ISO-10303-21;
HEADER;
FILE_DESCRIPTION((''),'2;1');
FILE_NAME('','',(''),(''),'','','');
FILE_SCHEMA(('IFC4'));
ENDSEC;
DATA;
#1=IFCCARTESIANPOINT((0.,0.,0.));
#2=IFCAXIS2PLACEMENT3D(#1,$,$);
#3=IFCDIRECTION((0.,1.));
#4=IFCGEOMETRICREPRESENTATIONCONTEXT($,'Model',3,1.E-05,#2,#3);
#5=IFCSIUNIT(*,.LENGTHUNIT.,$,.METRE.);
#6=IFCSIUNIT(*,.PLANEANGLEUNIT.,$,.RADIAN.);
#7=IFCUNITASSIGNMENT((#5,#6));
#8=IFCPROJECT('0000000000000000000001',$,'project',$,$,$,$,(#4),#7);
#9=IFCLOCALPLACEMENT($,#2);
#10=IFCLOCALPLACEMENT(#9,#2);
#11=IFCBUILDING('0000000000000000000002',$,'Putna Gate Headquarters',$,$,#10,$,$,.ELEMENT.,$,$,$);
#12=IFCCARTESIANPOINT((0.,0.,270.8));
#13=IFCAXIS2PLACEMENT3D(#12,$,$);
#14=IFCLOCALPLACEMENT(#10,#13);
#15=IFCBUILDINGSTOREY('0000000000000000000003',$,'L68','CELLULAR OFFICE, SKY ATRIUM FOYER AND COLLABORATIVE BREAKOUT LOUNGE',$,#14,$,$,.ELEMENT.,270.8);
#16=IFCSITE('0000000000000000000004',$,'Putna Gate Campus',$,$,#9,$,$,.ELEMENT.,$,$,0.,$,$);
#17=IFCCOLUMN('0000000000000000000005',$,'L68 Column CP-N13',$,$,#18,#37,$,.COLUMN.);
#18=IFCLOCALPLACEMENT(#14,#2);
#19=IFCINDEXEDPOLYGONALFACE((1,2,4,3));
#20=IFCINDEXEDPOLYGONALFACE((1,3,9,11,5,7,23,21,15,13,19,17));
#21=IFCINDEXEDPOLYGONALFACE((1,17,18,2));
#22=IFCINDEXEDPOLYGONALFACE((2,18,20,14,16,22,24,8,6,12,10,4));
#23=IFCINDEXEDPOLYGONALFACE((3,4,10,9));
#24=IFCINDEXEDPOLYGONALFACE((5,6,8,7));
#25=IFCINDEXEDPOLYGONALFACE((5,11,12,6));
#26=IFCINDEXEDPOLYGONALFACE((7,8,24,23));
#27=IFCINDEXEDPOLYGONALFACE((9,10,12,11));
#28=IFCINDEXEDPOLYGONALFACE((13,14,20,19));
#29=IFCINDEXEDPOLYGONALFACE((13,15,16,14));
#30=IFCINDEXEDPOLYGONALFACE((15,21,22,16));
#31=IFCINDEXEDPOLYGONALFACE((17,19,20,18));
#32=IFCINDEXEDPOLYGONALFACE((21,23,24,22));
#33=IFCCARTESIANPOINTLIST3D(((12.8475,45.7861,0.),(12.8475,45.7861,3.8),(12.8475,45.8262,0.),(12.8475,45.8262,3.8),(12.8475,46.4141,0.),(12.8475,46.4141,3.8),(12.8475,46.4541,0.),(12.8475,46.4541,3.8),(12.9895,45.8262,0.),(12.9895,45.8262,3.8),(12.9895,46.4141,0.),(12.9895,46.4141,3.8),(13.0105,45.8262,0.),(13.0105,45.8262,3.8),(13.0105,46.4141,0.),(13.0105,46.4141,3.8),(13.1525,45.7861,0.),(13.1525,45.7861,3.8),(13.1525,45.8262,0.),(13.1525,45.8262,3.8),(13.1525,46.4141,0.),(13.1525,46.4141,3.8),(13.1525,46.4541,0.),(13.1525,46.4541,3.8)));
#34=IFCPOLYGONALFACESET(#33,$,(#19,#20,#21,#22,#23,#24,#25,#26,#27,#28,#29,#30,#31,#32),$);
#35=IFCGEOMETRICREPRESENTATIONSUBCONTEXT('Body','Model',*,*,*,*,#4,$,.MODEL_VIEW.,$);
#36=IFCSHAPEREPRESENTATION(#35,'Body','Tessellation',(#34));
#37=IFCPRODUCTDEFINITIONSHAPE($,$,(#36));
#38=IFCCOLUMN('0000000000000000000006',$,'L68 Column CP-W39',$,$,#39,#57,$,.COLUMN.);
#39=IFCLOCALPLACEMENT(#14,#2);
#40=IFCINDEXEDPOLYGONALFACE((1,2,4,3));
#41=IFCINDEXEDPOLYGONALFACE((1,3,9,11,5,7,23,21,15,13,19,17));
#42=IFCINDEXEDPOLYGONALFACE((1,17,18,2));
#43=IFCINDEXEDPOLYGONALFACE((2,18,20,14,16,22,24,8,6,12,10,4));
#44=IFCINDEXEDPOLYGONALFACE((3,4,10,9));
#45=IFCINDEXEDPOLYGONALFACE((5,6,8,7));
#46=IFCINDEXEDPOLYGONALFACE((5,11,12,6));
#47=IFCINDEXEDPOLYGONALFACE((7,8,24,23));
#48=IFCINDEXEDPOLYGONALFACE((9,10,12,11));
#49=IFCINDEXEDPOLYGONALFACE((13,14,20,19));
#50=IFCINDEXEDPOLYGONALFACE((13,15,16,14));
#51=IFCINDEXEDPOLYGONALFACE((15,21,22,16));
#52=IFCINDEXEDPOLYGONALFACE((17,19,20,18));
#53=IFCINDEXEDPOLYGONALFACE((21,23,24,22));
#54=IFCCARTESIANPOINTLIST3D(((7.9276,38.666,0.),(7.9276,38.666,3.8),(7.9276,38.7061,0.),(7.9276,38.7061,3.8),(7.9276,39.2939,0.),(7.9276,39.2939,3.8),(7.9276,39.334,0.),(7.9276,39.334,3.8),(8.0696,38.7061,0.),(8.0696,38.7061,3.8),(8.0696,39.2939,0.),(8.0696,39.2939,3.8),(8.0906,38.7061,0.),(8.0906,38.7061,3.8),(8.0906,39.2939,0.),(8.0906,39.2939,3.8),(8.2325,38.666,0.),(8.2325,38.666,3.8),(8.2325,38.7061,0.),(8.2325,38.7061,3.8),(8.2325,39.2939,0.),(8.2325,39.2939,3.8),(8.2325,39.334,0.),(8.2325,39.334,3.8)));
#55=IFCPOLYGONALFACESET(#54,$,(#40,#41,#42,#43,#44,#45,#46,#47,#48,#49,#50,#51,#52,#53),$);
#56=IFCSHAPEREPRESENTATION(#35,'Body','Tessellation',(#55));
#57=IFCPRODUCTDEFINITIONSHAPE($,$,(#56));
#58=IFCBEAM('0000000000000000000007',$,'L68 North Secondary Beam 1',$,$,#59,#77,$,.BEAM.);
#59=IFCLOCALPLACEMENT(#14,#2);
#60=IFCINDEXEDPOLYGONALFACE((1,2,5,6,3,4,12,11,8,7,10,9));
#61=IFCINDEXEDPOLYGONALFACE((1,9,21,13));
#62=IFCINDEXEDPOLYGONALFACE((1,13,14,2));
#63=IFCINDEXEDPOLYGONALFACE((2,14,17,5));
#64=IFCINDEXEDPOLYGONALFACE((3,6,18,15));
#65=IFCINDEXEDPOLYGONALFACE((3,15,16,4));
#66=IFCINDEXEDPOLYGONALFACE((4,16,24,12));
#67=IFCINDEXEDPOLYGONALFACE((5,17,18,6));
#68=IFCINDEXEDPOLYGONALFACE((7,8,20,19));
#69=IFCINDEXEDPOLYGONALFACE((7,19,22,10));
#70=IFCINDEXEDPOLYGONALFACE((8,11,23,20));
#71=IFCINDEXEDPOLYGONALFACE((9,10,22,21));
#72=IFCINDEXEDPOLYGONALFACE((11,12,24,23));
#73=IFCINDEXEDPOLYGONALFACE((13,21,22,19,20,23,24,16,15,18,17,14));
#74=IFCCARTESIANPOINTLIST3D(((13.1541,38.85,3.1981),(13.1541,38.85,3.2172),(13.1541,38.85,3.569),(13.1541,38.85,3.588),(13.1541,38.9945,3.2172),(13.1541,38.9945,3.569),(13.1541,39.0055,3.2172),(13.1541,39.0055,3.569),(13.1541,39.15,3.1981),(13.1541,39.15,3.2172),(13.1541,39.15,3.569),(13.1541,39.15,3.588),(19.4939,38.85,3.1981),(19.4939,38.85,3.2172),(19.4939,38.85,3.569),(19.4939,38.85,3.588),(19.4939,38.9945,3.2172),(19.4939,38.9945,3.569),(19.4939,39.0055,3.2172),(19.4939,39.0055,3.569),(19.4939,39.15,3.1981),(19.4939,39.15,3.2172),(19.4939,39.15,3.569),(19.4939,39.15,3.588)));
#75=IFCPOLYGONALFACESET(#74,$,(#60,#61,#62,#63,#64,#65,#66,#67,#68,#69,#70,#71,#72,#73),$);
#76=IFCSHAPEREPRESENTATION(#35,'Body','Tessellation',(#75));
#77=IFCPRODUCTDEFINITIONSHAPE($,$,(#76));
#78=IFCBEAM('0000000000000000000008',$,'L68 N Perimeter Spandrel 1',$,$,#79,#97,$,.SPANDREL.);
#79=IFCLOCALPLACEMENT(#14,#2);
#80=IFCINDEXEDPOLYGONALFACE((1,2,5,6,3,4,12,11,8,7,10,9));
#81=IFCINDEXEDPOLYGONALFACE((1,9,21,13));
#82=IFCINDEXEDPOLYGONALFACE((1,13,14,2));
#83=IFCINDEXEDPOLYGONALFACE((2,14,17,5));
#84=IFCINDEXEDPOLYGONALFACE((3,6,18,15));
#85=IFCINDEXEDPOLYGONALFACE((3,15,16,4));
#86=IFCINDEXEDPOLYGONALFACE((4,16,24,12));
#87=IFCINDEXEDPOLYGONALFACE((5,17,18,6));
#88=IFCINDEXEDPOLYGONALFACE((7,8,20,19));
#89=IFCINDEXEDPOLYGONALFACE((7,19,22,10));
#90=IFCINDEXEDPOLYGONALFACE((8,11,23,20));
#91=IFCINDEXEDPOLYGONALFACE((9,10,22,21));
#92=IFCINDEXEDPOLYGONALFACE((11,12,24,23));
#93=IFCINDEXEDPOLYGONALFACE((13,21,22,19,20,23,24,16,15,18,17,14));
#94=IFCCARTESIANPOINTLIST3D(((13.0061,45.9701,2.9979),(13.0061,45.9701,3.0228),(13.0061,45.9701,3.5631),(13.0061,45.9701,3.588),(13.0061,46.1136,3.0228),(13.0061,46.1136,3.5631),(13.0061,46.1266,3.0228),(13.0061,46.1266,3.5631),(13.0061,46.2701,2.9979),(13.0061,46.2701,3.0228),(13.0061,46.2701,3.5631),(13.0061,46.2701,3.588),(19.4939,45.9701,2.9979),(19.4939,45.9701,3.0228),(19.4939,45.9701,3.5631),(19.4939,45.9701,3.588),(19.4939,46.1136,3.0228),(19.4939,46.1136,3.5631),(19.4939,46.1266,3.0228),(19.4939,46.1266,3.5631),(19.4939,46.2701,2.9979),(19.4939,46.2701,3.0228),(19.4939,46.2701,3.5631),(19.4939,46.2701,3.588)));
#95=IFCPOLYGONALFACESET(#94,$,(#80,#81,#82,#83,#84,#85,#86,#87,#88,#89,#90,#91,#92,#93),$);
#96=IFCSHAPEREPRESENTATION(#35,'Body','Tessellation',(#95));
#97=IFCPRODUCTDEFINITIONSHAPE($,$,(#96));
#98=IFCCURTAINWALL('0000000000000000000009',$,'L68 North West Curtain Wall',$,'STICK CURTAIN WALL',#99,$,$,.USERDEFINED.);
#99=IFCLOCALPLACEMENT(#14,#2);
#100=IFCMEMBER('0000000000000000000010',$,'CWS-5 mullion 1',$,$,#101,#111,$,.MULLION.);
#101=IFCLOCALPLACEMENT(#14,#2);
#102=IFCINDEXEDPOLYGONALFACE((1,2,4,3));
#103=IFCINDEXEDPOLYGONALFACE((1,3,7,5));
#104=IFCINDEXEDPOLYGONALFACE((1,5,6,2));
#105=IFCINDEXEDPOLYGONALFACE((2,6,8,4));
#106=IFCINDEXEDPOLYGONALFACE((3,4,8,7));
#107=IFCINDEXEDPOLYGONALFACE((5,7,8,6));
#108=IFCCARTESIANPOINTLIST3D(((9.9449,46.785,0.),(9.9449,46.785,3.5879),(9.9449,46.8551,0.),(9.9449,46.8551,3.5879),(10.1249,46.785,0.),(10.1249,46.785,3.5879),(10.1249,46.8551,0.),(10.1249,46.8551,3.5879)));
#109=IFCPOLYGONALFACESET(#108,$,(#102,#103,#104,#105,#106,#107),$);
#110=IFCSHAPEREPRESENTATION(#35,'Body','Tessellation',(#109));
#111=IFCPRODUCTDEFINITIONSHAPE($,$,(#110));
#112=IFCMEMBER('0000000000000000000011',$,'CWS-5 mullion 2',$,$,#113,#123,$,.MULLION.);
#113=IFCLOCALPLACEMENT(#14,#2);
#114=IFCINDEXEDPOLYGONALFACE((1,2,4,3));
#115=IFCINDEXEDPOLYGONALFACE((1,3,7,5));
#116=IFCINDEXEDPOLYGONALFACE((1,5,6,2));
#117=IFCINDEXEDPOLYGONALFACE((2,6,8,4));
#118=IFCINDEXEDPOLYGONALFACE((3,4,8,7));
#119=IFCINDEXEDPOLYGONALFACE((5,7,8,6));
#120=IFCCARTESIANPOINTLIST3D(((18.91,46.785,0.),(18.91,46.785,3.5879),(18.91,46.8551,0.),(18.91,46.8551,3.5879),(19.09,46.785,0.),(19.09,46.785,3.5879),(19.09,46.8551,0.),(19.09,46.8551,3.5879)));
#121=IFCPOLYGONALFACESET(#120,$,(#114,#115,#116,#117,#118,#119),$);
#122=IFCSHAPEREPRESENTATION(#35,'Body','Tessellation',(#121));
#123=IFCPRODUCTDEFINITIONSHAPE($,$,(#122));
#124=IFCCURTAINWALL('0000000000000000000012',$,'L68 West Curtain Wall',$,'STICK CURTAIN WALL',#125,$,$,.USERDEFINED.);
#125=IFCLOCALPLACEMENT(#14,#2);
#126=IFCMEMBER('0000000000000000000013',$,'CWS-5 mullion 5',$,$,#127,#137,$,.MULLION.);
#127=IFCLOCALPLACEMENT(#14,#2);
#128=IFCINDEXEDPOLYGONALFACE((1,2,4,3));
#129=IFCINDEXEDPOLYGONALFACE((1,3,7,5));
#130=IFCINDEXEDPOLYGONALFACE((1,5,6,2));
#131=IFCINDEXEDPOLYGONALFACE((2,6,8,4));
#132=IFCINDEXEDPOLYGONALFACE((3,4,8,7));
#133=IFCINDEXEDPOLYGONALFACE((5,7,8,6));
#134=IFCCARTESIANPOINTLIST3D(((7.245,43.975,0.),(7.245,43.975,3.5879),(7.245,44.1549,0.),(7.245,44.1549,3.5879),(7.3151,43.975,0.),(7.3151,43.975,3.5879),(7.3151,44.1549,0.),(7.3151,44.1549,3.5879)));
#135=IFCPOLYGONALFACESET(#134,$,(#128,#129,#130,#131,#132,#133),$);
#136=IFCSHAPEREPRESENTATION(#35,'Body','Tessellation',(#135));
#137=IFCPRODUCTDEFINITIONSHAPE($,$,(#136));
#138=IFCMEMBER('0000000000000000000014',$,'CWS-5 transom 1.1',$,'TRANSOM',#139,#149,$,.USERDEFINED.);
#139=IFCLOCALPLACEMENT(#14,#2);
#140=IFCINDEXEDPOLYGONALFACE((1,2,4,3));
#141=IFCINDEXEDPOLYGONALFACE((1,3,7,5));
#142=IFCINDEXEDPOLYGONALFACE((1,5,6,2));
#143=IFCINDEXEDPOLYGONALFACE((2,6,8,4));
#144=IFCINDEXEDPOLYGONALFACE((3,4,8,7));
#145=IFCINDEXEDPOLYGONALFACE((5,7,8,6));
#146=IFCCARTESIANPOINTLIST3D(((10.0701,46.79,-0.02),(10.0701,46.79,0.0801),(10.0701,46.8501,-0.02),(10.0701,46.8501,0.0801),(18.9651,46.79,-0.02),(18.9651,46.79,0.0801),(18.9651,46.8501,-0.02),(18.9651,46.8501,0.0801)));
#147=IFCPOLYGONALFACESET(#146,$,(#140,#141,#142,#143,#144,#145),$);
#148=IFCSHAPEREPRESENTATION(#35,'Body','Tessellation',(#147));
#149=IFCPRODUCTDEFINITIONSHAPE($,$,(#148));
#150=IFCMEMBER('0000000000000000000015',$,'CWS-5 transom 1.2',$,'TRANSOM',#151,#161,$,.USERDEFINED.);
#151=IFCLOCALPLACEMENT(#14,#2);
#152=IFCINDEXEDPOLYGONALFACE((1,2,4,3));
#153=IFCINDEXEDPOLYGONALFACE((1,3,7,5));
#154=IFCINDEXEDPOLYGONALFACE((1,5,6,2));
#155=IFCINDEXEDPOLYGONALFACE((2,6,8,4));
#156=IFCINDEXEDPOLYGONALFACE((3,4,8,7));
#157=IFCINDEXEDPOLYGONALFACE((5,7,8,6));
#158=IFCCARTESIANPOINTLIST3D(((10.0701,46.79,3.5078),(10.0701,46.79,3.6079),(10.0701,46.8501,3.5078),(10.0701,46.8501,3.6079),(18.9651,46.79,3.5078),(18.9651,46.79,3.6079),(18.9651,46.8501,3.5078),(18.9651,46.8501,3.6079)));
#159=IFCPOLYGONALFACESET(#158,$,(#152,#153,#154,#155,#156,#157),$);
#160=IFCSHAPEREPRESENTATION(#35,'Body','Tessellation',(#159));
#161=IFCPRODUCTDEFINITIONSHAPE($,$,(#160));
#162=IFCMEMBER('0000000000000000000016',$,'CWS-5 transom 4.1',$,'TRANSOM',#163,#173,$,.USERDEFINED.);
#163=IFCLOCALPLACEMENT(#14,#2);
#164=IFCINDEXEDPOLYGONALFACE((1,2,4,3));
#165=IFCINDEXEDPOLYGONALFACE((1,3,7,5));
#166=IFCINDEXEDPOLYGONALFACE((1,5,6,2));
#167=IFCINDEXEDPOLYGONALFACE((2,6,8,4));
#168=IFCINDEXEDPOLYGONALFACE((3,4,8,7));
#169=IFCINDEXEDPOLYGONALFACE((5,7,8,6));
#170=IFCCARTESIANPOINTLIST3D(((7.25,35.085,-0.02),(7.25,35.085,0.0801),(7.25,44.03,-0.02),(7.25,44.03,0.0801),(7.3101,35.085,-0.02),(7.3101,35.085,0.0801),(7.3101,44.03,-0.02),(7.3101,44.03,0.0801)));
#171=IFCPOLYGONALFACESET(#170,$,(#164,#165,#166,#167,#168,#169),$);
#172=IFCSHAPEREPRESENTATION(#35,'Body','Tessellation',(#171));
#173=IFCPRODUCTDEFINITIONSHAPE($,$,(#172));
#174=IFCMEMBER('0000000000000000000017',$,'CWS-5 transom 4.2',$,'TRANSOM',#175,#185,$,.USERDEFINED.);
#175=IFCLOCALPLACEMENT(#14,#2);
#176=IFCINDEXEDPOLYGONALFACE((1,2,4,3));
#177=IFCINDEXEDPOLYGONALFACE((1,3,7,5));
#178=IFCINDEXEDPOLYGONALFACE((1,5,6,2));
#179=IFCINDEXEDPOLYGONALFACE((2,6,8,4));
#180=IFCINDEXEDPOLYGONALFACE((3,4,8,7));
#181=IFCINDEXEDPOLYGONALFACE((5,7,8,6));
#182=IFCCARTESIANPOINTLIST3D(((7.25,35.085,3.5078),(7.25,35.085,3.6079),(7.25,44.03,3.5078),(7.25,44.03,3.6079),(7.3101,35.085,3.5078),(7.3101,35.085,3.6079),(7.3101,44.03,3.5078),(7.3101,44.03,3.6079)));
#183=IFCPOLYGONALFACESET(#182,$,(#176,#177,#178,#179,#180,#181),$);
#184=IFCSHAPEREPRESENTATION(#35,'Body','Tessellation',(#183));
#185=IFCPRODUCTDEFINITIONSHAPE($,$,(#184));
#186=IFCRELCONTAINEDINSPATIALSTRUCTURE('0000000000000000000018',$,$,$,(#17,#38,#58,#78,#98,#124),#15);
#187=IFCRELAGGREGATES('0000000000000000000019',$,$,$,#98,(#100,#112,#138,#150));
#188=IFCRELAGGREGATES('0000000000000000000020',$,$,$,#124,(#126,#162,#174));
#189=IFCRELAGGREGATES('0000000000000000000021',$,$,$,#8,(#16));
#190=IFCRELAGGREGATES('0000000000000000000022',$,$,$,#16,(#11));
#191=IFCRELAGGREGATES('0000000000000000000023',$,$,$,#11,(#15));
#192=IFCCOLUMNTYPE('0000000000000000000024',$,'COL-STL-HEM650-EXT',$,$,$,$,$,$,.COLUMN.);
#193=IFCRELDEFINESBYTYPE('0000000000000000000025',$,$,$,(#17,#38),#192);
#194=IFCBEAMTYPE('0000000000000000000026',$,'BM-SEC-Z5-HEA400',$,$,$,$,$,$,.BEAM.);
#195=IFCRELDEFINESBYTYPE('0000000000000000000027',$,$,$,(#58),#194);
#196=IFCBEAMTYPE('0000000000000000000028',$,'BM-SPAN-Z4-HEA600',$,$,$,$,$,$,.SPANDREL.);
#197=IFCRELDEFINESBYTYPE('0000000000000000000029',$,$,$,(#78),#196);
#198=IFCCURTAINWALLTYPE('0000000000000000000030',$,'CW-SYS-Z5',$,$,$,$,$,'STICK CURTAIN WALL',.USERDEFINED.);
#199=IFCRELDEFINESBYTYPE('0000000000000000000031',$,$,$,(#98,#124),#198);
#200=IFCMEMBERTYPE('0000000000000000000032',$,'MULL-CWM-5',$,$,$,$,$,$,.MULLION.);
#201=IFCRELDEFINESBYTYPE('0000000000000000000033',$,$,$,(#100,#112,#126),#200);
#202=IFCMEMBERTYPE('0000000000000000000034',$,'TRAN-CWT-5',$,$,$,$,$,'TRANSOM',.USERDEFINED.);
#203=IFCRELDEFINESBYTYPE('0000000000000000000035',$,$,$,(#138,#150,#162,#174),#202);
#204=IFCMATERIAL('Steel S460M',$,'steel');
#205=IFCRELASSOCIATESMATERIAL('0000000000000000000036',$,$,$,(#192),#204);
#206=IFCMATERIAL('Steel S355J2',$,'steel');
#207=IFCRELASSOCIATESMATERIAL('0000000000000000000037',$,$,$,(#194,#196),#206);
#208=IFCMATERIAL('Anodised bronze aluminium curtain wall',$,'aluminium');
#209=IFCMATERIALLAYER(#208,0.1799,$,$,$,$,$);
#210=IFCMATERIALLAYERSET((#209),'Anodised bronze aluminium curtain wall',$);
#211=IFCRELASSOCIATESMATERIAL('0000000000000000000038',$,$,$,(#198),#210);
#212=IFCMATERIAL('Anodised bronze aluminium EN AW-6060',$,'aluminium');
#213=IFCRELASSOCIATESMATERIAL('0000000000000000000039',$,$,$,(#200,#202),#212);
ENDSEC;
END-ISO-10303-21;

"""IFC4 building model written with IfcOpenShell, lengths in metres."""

from ifc_helpers import new_model, si_unit, direction, frame, origin, origin_2d, place, context, subcontext, project, spatial, rectangle, i_section, extrude, material, layer, layer_set, material_profile, profile_set, type_object, element, aggregate, save


model = new_model("IFC4")

# Units and contexts
model_context = context("Model", 3, precision=1e-05, world=origin(), true_north=direction((0.0, 1.0)))
body_context = subcontext(model_context, "Body", "Model", "MODEL_VIEW")
ifc_project = project(units=[si_unit("LENGTHUNIT", "METRE"), si_unit("PLANEANGLEUNIT", "RADIAN")], contexts=[model_context])

# Site, building, storey
site_placement = place(None, origin())
site = spatial("IfcSite", under=ifc_project, at=site_placement, Name="Putna Gate Campus", CompositionType="ELEMENT", RefElevation=0.0)
building_placement = place(site_placement, origin())
building = spatial("IfcBuilding", under=site, at=building_placement, Name="Putna Gate Headquarters", CompositionType="ELEMENT")
storey_placement = place(building_placement, frame((0.0, 0.0, 270.8)))
storey = spatial("IfcBuildingStorey", under=building, at=storey_placement, Name="L68", Description="CELLULAR OFFICE, SKY ATRIUM FOYER AND COLLABORATIVE BREAKOUT LOUNGE", CompositionType="ELEMENT", Elevation=270.8)

# Columns
ifc_material_1 = material(Name="Steel S460M", Category="steel")
ifc_material_profile_1 = material_profile(ifc_material_1, i_section(OverallWidth=0.3049, OverallDepth=0.668, WebThickness=0.021, FlangeThickness=0.04, at=origin_2d()), Name="Steel S460M")
ifc_profile_set_1 = profile_set([ifc_material_profile_1], Name="Steel S460M")
column_type = type_object("IfcColumnType", Name="COL-STL-HEM650-EXT", PredefinedType="COLUMN", material=ifc_profile_set_1)
for number, where, z_axis, x_axis, name in (
    (1, (13.0, 46.1201, 0.0), (0.0, 0.0, 1.0), (1.0, 0.0, 0.0), "L68 Column CP-N13"),
    (2, (8.0801, 39.0, 0.0), (0.0, 0.0, 1.0), (1.0, 0.0, 0.0), "L68 Column CP-W39"),
):
    element("IfcColumn", number, at=place(storey_placement, frame(where, z_axis=z_axis, x_axis=x_axis)), inside=storey, type_object=column_type, Name=name, PredefinedType="COLUMN", context=body_context, shape_type="SweptSolid", body=[
        extrude(i_section(OverallWidth=0.3049, OverallDepth=0.668, WebThickness=0.021, FlangeThickness=0.04, at=origin_2d()), origin(), (0.0, 0.0, 1.0), 3.8),
    ])

# Beams
ifc_material_2 = material(Name="Steel S355J2", Category="steel")
ifc_material_profile_2 = material_profile(ifc_material_2, i_section(OverallWidth=0.3, OverallDepth=0.3899, WebThickness=0.011, FlangeThickness=0.019, at=origin_2d()), Name="Steel S355J2")
ifc_profile_set_2 = profile_set([ifc_material_profile_2], Name="Steel S355J2")
beam_type_1 = type_object("IfcBeamType", Name="BM-SEC-Z5-HEA400", PredefinedType="BEAM", material=ifc_profile_set_2)
beam_1_placement = place(storey_placement, frame((13.1541, 39.0, 3.3931), z_axis=(1.0, 0.0, 0.0), x_axis=(0.0, 1.0, 0.0)))
element("IfcBeam", 3, at=beam_1_placement, inside=storey, type_object=beam_type_1, Name="L68 North Secondary Beam 1", PredefinedType="BEAM", context=body_context, shape_type="SweptSolid", body=[
    extrude(i_section(OverallWidth=0.3, OverallDepth=0.3899, WebThickness=0.011, FlangeThickness=0.019, at=origin_2d()), origin(), (0.0, 0.0, 1.0), 6.3398),
])
ifc_material_profile_3 = material_profile(ifc_material_2, i_section(OverallWidth=0.3, OverallDepth=0.5901, WebThickness=0.0129, FlangeThickness=0.0249, at=origin_2d()), Name="Steel S355J2")
ifc_profile_set_3 = profile_set([ifc_material_profile_3], Name="Steel S355J2")
beam_type_2 = type_object("IfcBeamType", Name="BM-SPAN-Z4-HEA600", PredefinedType="SPANDREL", material=ifc_profile_set_3)
beam_2_placement = place(storey_placement, frame((13.0061, 46.1201, 3.293), z_axis=(1.0, 0.0, 0.0), x_axis=(0.0, 1.0, 0.0)))
element("IfcBeam", 4, at=beam_2_placement, inside=storey, type_object=beam_type_2, Name="L68 N Perimeter Spandrel 1", PredefinedType="SPANDREL", context=body_context, shape_type="SweptSolid", body=[
    extrude(i_section(OverallWidth=0.3, OverallDepth=0.5901, WebThickness=0.0129, FlangeThickness=0.0249, at=origin_2d()), origin(), (0.0, 0.0, 1.0), 6.4878),
])

# Curtain wall, members
ifc_material_3 = material(Name="Anodised bronze aluminium curtain wall", Category="aluminium")
ifc_layer_1 = layer(ifc_material_3, 0.1799)
ifc_layer_set_1 = layer_set([ifc_layer_1], Name="Anodised bronze aluminium curtain wall")
curtain_wall_type = type_object("IfcCurtainWallType", Name="CW-SYS-Z5", ElementType="STICK CURTAIN WALL", PredefinedType="USERDEFINED", material=ifc_layer_set_1)
curtain_wall_1_placement = place(storey_placement, origin())
curtain_wall_1 = element("IfcCurtainWall", 5, at=curtain_wall_1_placement, inside=storey, type_object=curtain_wall_type, Name="L68 North West Curtain Wall", ObjectType="STICK CURTAIN WALL", PredefinedType="USERDEFINED")
ifc_material_4 = material(Name="Anodised bronze aluminium EN AW-6060", Category="aluminium")
ifc_material_profile_4 = material_profile(ifc_material_4, rectangle(XDim=0.0701, YDim=0.1799, at=origin_2d()), Name="Anodised bronze aluminium EN AW-6060")
ifc_profile_set_4 = profile_set([ifc_material_profile_4], Name="Anodised bronze aluminium EN AW-6060")
member_type_1 = type_object("IfcMemberType", Name="MULL-CWM-5", PredefinedType="MULLION", material=ifc_profile_set_4)
member_1_placement = place(storey_placement, frame((10.0349, 46.8201, 0.0), z_axis=(0.0, 0.0, 1.0), x_axis=(0.0, 1.0, 0.0)))
member_1 = element("IfcMember", 6, at=member_1_placement, type_object=member_type_1, Name="CWS-5 mullion 1", PredefinedType="MULLION", context=body_context, shape_type="SweptSolid", body=[
    extrude(rectangle(XDim=0.0701, YDim=0.1799, at=origin_2d()), origin(), (0.0, 0.0, 1.0), 3.5879),
])
member_2_placement = place(storey_placement, frame((19.0, 46.8201, 0.0), z_axis=(0.0, 0.0, 1.0), x_axis=(0.0, 1.0, 0.0)))
member_2 = element("IfcMember", 7, at=member_2_placement, type_object=member_type_1, Name="CWS-5 mullion 2", PredefinedType="MULLION", context=body_context, shape_type="SweptSolid", body=[
    extrude(rectangle(XDim=0.0701, YDim=0.1799, at=origin_2d()), origin(), (0.0, 0.0, 1.0), 3.5879),
])

# Curtain wall, member
curtain_wall_2_placement = place(storey_placement, origin())
curtain_wall_2 = element("IfcCurtainWall", 8, at=curtain_wall_2_placement, inside=storey, type_object=curtain_wall_type, Name="L68 West Curtain Wall", ObjectType="STICK CURTAIN WALL", PredefinedType="USERDEFINED")
member_3_placement = place(storey_placement, frame((7.28, 44.0649, 0.0), z_axis=(0.0, 0.0, 1.0), x_axis=(-1.0, 0.0, 0.0)))
member_3 = element("IfcMember", 9, at=member_3_placement, type_object=member_type_1, Name="CWS-5 mullion 5", PredefinedType="MULLION", context=body_context, shape_type="SweptSolid", body=[
    extrude(rectangle(XDim=0.0701, YDim=0.1799, at=origin_2d()), origin(), (0.0, 0.0, 1.0), 3.5879),
])

# Members
ifc_material_profile_5 = material_profile(ifc_material_4, rectangle(XDim=0.0601, YDim=0.1001, at=origin_2d()), Name="Anodised bronze aluminium EN AW-6060")
ifc_profile_set_5 = profile_set([ifc_material_profile_5], Name="Anodised bronze aluminium EN AW-6060")
member_type_2 = type_object("IfcMemberType", Name="TRAN-CWT-5", ElementType="TRANSOM", PredefinedType="USERDEFINED", material=ifc_profile_set_5)
member_4_placement = place(storey_placement, frame((10.0701, 46.8201, 0.03), z_axis=(1.0, 0.0, 0.0), x_axis=(0.0, 1.0, 0.0)))
member_4 = element("IfcMember", 10, at=member_4_placement, type_object=member_type_2, Name="CWS-5 transom 1.1", ObjectType="TRANSOM", PredefinedType="USERDEFINED", context=body_context, shape_type="SweptSolid", body=[
    extrude(rectangle(XDim=0.0601, YDim=0.1001, at=origin_2d()), origin(), (0.0, 0.0, 1.0), 8.895),
])
member_5_placement = place(storey_placement, frame((10.0701, 46.8201, 3.5579), z_axis=(1.0, 0.0, 0.0), x_axis=(0.0, 1.0, 0.0)))
member_5 = element("IfcMember", 11, at=member_5_placement, type_object=member_type_2, Name="CWS-5 transom 1.2", ObjectType="TRANSOM", PredefinedType="USERDEFINED", context=body_context, shape_type="SweptSolid", body=[
    extrude(rectangle(XDim=0.0601, YDim=0.1001, at=origin_2d()), origin(), (0.0, 0.0, 1.0), 8.895),
])
member_6_placement = place(storey_placement, frame((7.28, 35.085, 0.03), z_axis=(0.0, 1.0, 0.0), x_axis=(-1.0, 0.0, 0.0)))
member_6 = element("IfcMember", 12, at=member_6_placement, type_object=member_type_2, Name="CWS-5 transom 4.1", ObjectType="TRANSOM", PredefinedType="USERDEFINED", context=body_context, shape_type="SweptSolid", body=[
    extrude(rectangle(XDim=0.0601, YDim=0.1001, at=origin_2d()), origin(), (0.0, 0.0, 1.0), 8.9451),
])
member_7_placement = place(storey_placement, frame((7.28, 35.085, 3.5579), z_axis=(0.0, 1.0, 0.0), x_axis=(-1.0, 0.0, 0.0)))
member_7 = element("IfcMember", 13, at=member_7_placement, type_object=member_type_2, Name="CWS-5 transom 4.2", ObjectType="TRANSOM", PredefinedType="USERDEFINED", context=body_context, shape_type="SweptSolid", body=[
    extrude(rectangle(XDim=0.0601, YDim=0.1001, at=origin_2d()), origin(), (0.0, 0.0, 1.0), 8.9451),
])

aggregate(curtain_wall_1, [member_1, member_2, member_4, member_5])
aggregate(curtain_wall_2, [member_3, member_6, member_7])

save(model, "model.ifc")
